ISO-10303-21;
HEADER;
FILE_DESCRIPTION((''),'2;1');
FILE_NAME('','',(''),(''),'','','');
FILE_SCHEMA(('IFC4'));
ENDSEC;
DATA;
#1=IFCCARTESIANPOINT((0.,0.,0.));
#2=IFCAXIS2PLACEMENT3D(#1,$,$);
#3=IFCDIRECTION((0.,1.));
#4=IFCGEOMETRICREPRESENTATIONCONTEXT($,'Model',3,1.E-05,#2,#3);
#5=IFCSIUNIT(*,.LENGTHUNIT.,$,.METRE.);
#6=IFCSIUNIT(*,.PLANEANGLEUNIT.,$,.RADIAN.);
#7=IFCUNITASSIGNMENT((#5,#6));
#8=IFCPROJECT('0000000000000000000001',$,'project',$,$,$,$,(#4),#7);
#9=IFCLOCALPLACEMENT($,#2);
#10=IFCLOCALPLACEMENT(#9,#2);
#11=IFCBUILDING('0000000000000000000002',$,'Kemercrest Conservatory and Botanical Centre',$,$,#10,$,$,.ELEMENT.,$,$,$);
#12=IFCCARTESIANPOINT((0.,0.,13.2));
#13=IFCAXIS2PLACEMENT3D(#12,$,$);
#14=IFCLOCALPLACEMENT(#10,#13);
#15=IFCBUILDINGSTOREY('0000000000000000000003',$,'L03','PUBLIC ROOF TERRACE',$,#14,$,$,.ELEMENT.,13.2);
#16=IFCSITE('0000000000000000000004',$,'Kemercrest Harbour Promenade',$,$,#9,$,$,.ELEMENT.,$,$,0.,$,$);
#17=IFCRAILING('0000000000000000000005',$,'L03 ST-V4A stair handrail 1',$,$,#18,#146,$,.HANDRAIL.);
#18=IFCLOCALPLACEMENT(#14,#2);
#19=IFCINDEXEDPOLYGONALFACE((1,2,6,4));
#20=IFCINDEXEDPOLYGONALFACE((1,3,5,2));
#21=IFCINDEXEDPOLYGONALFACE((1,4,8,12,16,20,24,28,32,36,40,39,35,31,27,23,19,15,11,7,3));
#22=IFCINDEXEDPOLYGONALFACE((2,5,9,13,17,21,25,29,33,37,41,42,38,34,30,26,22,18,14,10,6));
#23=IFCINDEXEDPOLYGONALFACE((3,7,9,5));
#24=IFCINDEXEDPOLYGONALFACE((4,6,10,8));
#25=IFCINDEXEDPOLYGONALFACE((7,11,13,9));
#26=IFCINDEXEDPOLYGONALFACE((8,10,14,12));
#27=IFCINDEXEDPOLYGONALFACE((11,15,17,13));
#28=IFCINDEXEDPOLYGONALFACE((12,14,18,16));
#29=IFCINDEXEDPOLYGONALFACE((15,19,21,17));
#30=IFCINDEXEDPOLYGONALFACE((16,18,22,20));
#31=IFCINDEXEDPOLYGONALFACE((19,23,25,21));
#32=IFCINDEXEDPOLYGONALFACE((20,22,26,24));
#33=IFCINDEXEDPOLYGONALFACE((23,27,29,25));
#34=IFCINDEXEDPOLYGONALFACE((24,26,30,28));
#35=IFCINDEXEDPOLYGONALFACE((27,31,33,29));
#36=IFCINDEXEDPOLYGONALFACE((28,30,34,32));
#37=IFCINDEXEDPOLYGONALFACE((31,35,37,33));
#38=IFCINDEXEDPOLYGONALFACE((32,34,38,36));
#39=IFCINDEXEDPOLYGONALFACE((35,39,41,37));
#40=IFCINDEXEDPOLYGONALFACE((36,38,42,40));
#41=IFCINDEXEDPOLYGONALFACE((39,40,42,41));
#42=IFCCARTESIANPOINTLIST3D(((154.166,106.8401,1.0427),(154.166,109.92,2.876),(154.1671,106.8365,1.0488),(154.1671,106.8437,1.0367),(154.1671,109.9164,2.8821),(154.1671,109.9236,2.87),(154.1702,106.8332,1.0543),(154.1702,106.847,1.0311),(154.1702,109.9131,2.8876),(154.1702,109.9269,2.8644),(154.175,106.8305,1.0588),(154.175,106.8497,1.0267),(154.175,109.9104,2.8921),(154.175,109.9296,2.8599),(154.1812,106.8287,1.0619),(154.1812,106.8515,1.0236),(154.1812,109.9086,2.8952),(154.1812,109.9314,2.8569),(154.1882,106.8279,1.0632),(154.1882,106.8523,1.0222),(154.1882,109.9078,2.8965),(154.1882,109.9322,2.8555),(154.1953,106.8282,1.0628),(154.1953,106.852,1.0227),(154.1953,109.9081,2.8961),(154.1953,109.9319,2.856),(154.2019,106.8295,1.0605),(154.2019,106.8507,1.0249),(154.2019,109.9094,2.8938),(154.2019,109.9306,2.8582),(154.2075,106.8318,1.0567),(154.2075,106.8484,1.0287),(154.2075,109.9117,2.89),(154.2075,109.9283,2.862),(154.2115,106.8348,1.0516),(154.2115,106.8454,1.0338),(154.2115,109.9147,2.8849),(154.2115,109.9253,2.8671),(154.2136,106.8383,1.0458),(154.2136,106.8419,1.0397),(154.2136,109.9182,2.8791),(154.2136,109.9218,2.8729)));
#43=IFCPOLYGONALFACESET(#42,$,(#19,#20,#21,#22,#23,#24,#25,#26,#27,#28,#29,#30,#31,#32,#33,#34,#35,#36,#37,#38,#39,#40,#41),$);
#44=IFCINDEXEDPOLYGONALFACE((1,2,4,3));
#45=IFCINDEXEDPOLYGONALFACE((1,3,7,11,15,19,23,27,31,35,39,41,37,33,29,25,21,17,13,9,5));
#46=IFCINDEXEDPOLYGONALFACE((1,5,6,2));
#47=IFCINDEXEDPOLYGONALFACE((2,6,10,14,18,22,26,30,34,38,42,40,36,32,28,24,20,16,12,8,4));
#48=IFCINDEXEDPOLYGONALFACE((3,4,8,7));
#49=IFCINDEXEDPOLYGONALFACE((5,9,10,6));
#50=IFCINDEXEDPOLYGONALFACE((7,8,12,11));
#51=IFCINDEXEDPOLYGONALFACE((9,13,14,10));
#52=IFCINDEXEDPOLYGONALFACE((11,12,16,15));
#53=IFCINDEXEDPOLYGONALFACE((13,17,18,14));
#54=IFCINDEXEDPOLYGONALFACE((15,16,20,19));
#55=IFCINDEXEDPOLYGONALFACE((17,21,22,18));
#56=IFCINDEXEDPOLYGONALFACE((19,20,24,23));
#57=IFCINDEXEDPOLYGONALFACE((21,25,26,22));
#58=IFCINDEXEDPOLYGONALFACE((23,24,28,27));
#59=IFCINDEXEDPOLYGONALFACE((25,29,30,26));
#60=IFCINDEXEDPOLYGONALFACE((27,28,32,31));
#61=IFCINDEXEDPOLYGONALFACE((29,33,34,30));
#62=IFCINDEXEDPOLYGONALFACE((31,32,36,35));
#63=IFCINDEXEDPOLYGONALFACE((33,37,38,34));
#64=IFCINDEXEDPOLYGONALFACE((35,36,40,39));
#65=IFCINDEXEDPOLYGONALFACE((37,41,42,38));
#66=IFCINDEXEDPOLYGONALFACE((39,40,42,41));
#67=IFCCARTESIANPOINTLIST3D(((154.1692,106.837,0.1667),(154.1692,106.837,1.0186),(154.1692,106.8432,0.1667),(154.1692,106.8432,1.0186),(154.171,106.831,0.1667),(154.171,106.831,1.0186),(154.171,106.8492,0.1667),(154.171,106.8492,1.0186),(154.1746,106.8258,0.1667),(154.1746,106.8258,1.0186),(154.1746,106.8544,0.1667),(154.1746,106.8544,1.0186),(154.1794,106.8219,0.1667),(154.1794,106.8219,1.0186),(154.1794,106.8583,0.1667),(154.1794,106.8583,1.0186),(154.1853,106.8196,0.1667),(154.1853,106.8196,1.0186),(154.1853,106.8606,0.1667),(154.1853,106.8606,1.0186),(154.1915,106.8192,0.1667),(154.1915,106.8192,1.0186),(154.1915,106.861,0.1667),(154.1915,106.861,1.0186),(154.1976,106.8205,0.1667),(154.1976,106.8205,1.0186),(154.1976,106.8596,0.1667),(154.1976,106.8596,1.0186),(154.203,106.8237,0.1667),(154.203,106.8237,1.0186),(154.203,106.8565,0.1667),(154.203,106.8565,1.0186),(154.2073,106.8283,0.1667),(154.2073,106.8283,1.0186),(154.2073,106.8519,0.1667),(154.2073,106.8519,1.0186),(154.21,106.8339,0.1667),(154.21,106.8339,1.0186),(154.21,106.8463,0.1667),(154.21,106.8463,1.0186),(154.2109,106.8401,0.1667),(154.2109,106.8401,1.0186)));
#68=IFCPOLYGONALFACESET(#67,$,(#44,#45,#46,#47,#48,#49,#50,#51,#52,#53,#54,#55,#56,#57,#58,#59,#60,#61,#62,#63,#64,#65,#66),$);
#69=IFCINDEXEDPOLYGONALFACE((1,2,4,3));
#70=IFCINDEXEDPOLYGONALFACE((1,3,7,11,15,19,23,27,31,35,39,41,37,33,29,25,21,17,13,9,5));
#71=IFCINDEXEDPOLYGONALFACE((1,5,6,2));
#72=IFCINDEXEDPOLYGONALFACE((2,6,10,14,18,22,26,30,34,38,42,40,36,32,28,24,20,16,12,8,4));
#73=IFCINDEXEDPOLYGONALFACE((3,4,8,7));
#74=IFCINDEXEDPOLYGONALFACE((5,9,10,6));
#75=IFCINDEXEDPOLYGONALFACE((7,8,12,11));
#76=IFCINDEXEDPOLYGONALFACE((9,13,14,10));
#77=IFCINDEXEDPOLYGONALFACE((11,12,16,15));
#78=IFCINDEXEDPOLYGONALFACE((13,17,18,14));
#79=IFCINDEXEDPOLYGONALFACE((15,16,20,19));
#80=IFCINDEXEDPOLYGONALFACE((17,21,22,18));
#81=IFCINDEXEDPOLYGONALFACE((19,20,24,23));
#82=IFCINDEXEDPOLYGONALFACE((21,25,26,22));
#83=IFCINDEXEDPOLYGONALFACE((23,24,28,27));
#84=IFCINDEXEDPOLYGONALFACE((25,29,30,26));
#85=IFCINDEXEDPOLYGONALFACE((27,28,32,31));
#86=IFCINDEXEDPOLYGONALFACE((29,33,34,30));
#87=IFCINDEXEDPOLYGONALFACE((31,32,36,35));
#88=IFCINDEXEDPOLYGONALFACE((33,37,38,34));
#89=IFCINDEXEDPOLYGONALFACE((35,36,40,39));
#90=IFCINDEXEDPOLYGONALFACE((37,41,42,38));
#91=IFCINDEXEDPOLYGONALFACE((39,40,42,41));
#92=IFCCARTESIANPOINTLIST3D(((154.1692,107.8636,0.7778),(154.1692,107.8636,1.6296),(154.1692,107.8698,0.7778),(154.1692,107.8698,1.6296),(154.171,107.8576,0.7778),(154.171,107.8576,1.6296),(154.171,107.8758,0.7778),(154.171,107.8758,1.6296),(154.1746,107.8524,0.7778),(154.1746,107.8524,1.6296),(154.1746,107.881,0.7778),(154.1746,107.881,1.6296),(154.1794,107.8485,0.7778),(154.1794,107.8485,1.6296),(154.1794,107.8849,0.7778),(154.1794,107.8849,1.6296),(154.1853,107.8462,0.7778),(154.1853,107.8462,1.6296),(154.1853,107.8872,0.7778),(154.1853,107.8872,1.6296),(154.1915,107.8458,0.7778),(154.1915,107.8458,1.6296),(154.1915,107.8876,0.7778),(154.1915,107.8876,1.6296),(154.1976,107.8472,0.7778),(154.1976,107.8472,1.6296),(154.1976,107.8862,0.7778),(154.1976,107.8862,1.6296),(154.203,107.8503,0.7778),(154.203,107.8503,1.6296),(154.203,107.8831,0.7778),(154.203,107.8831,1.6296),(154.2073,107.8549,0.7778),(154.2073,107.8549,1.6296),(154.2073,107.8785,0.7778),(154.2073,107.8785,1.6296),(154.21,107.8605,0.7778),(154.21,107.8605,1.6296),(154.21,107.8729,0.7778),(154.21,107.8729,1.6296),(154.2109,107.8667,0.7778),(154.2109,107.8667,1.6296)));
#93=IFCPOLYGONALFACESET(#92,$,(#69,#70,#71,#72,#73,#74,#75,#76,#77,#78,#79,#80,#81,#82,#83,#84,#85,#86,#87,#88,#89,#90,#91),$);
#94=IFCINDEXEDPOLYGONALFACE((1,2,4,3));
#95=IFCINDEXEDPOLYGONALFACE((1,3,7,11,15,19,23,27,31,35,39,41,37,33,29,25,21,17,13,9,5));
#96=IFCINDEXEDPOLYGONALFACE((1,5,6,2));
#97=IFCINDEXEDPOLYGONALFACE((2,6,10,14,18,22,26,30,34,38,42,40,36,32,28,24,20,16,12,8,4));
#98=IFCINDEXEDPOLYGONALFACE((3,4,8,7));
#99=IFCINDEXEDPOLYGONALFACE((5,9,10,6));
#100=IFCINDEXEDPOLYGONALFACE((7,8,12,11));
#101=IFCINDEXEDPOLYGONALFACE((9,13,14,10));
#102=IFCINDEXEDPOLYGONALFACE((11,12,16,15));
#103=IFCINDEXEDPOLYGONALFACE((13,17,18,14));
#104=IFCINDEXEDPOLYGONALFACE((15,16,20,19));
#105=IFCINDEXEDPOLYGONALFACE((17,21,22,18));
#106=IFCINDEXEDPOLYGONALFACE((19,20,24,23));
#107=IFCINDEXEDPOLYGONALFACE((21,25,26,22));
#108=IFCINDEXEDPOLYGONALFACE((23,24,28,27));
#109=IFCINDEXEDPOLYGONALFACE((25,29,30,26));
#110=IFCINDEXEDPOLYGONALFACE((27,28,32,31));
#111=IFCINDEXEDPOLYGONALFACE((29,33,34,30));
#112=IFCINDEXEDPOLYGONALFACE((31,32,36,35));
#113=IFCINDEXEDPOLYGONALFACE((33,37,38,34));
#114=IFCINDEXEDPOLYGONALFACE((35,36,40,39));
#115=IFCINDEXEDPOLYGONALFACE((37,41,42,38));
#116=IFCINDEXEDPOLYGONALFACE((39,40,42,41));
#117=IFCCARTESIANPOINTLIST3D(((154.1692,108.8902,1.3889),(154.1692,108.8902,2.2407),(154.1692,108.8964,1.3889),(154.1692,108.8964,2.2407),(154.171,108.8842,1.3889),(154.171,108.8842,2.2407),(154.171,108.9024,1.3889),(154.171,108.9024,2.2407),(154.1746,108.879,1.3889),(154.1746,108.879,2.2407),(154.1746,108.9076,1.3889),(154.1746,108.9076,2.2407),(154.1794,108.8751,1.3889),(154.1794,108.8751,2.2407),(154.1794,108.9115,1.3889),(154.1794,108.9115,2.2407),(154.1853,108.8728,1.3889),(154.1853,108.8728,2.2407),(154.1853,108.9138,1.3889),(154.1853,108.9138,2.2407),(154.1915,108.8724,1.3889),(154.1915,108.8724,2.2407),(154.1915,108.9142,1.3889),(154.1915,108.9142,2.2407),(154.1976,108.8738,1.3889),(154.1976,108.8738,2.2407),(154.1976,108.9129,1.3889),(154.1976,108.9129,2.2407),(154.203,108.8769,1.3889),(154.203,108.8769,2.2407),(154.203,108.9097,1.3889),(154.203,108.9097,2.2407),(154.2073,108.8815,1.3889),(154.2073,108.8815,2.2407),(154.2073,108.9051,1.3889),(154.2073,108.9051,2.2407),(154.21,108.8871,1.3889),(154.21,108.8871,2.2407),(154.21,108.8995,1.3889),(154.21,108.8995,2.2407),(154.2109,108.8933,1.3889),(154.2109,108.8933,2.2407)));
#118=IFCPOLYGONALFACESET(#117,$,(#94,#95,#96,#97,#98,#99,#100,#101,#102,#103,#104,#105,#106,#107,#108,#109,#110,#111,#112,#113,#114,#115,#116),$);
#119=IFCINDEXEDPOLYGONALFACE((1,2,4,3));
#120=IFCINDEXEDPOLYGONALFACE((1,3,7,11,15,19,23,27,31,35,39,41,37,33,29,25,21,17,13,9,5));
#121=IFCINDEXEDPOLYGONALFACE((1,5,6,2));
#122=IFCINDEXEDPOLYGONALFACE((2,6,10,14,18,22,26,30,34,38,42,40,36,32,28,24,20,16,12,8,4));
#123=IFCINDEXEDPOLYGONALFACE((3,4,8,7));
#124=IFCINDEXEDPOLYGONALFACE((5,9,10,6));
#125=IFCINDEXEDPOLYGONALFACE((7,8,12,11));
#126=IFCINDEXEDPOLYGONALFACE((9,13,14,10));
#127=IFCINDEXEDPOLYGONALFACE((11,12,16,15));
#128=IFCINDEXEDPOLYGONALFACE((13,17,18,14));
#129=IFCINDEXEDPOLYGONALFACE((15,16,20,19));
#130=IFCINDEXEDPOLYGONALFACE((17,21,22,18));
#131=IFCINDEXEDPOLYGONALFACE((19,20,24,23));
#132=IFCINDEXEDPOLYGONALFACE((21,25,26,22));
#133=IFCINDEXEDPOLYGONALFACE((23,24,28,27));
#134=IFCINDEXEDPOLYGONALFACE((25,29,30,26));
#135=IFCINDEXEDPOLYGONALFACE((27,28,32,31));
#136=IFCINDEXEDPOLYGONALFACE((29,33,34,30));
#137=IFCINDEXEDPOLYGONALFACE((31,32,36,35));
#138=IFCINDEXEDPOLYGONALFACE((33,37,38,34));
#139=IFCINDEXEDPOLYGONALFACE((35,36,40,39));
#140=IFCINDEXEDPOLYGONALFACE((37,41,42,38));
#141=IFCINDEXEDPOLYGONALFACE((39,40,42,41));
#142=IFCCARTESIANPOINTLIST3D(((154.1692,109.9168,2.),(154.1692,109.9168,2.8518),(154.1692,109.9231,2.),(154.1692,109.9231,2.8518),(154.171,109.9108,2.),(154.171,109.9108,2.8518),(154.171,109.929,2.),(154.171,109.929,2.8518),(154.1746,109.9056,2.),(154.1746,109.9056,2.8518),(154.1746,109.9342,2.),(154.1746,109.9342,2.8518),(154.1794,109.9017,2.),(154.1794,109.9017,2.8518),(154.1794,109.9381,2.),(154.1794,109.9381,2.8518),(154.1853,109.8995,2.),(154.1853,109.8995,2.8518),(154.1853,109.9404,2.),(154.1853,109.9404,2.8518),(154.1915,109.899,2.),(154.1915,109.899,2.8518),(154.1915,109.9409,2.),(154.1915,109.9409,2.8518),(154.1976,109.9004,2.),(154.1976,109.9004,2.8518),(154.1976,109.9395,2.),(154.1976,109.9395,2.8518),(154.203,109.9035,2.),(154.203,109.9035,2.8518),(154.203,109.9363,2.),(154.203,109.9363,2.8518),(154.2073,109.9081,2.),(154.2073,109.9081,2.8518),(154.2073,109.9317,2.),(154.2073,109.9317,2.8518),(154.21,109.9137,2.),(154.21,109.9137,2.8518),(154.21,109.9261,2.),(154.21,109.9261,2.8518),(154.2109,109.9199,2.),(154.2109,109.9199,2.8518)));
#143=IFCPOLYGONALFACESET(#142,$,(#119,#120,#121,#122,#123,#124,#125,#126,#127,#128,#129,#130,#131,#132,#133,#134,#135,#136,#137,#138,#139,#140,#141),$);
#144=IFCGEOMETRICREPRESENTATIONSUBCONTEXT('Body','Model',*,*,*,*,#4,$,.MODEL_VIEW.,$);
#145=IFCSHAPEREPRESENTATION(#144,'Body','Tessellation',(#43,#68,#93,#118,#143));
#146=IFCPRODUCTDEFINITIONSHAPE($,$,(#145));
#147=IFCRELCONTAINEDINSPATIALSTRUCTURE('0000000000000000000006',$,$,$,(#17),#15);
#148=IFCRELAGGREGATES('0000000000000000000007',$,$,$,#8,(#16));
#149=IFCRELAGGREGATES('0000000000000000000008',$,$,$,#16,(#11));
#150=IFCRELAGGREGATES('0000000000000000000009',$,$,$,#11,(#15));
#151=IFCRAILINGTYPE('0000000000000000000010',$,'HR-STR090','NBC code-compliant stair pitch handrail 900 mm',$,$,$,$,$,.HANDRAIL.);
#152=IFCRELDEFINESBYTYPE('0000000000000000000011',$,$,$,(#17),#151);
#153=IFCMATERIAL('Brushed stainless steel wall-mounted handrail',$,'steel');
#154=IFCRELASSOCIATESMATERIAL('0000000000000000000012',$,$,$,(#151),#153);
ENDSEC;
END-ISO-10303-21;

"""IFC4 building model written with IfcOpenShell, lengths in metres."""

from ifc_helpers import new_model, si_unit, direction, frame, origin, origin_2d, place, context, subcontext, project, spatial, circle, extrude, material, type_object, element, save


model = new_model("IFC4")

# Units and contexts
model_context = context("Model", 3, precision=1e-05, world=origin(), true_north=direction((0.0, 1.0)))
body_context = subcontext(model_context, "Body", "Model", "MODEL_VIEW")
ifc_project = project(units=[si_unit("LENGTHUNIT", "METRE"), si_unit("PLANEANGLEUNIT", "RADIAN")], contexts=[model_context])

# Site, building, storey
site_placement = place(None, origin())
site = spatial("IfcSite", under=ifc_project, at=site_placement, Name="Kemercrest Harbour Promenade", CompositionType="ELEMENT", RefElevation=0.0)
building_placement = place(site_placement, origin())
building = spatial("IfcBuilding", under=site, at=building_placement, Name="Kemercrest Conservatory and Botanical Centre", CompositionType="ELEMENT")
storey_placement = place(building_placement, frame((0.0, 0.0, 13.2)))
storey = spatial("IfcBuildingStorey", under=building, at=storey_placement, Name="L03", Description="PUBLIC ROOF TERRACE", CompositionType="ELEMENT", Elevation=13.2)

# Railing
ifc_material_1 = material(Name="Brushed stainless steel wall-mounted handrail", Category="steel")
railing_type_1 = type_object("IfcRailingType", Name="HR-STR090", Description="NBC code-compliant stair pitch handrail 900 mm", PredefinedType="HANDRAIL", material=ifc_material_1)
railing_1_placement = place(storey_placement, frame((154.1899, 106.8401, 0.1667)))
element("IfcRailing", 1, at=railing_1_placement, inside=storey, type_object=railing_type_1, Name="L03 ST-V4A stair handrail 1", PredefinedType="HANDRAIL", context=body_context, shape_type="SweptSolid", body=[
    extrude(circle(Radius=0.0239, at=origin_2d()), frame((0.0, 0.0, 0.876), z_axis=(0.0, 0.859291, 0.511487), x_axis=(-1.0, 0.0, 0.0)), (0.0, 0.0, 1.0), 3.5842),
    extrude(circle(Radius=0.021, at=origin_2d()), origin(), (0.0, 0.0, 1.0), 0.8518),
    extrude(circle(Radius=0.021, at=origin_2d()), frame((0.0, 1.0266, 0.6111)), (0.0, 0.0, 1.0), 0.8518),
    extrude(circle(Radius=0.021, at=origin_2d()), frame((0.0, 2.0532, 1.2222)), (0.0, 0.0, 1.0), 0.8518),
    extrude(circle(Radius=0.021, at=origin_2d()), frame((0.0, 3.0798, 1.8333)), (0.0, 0.0, 1.0), 0.8518),
])

save(model, "model.ifc")
